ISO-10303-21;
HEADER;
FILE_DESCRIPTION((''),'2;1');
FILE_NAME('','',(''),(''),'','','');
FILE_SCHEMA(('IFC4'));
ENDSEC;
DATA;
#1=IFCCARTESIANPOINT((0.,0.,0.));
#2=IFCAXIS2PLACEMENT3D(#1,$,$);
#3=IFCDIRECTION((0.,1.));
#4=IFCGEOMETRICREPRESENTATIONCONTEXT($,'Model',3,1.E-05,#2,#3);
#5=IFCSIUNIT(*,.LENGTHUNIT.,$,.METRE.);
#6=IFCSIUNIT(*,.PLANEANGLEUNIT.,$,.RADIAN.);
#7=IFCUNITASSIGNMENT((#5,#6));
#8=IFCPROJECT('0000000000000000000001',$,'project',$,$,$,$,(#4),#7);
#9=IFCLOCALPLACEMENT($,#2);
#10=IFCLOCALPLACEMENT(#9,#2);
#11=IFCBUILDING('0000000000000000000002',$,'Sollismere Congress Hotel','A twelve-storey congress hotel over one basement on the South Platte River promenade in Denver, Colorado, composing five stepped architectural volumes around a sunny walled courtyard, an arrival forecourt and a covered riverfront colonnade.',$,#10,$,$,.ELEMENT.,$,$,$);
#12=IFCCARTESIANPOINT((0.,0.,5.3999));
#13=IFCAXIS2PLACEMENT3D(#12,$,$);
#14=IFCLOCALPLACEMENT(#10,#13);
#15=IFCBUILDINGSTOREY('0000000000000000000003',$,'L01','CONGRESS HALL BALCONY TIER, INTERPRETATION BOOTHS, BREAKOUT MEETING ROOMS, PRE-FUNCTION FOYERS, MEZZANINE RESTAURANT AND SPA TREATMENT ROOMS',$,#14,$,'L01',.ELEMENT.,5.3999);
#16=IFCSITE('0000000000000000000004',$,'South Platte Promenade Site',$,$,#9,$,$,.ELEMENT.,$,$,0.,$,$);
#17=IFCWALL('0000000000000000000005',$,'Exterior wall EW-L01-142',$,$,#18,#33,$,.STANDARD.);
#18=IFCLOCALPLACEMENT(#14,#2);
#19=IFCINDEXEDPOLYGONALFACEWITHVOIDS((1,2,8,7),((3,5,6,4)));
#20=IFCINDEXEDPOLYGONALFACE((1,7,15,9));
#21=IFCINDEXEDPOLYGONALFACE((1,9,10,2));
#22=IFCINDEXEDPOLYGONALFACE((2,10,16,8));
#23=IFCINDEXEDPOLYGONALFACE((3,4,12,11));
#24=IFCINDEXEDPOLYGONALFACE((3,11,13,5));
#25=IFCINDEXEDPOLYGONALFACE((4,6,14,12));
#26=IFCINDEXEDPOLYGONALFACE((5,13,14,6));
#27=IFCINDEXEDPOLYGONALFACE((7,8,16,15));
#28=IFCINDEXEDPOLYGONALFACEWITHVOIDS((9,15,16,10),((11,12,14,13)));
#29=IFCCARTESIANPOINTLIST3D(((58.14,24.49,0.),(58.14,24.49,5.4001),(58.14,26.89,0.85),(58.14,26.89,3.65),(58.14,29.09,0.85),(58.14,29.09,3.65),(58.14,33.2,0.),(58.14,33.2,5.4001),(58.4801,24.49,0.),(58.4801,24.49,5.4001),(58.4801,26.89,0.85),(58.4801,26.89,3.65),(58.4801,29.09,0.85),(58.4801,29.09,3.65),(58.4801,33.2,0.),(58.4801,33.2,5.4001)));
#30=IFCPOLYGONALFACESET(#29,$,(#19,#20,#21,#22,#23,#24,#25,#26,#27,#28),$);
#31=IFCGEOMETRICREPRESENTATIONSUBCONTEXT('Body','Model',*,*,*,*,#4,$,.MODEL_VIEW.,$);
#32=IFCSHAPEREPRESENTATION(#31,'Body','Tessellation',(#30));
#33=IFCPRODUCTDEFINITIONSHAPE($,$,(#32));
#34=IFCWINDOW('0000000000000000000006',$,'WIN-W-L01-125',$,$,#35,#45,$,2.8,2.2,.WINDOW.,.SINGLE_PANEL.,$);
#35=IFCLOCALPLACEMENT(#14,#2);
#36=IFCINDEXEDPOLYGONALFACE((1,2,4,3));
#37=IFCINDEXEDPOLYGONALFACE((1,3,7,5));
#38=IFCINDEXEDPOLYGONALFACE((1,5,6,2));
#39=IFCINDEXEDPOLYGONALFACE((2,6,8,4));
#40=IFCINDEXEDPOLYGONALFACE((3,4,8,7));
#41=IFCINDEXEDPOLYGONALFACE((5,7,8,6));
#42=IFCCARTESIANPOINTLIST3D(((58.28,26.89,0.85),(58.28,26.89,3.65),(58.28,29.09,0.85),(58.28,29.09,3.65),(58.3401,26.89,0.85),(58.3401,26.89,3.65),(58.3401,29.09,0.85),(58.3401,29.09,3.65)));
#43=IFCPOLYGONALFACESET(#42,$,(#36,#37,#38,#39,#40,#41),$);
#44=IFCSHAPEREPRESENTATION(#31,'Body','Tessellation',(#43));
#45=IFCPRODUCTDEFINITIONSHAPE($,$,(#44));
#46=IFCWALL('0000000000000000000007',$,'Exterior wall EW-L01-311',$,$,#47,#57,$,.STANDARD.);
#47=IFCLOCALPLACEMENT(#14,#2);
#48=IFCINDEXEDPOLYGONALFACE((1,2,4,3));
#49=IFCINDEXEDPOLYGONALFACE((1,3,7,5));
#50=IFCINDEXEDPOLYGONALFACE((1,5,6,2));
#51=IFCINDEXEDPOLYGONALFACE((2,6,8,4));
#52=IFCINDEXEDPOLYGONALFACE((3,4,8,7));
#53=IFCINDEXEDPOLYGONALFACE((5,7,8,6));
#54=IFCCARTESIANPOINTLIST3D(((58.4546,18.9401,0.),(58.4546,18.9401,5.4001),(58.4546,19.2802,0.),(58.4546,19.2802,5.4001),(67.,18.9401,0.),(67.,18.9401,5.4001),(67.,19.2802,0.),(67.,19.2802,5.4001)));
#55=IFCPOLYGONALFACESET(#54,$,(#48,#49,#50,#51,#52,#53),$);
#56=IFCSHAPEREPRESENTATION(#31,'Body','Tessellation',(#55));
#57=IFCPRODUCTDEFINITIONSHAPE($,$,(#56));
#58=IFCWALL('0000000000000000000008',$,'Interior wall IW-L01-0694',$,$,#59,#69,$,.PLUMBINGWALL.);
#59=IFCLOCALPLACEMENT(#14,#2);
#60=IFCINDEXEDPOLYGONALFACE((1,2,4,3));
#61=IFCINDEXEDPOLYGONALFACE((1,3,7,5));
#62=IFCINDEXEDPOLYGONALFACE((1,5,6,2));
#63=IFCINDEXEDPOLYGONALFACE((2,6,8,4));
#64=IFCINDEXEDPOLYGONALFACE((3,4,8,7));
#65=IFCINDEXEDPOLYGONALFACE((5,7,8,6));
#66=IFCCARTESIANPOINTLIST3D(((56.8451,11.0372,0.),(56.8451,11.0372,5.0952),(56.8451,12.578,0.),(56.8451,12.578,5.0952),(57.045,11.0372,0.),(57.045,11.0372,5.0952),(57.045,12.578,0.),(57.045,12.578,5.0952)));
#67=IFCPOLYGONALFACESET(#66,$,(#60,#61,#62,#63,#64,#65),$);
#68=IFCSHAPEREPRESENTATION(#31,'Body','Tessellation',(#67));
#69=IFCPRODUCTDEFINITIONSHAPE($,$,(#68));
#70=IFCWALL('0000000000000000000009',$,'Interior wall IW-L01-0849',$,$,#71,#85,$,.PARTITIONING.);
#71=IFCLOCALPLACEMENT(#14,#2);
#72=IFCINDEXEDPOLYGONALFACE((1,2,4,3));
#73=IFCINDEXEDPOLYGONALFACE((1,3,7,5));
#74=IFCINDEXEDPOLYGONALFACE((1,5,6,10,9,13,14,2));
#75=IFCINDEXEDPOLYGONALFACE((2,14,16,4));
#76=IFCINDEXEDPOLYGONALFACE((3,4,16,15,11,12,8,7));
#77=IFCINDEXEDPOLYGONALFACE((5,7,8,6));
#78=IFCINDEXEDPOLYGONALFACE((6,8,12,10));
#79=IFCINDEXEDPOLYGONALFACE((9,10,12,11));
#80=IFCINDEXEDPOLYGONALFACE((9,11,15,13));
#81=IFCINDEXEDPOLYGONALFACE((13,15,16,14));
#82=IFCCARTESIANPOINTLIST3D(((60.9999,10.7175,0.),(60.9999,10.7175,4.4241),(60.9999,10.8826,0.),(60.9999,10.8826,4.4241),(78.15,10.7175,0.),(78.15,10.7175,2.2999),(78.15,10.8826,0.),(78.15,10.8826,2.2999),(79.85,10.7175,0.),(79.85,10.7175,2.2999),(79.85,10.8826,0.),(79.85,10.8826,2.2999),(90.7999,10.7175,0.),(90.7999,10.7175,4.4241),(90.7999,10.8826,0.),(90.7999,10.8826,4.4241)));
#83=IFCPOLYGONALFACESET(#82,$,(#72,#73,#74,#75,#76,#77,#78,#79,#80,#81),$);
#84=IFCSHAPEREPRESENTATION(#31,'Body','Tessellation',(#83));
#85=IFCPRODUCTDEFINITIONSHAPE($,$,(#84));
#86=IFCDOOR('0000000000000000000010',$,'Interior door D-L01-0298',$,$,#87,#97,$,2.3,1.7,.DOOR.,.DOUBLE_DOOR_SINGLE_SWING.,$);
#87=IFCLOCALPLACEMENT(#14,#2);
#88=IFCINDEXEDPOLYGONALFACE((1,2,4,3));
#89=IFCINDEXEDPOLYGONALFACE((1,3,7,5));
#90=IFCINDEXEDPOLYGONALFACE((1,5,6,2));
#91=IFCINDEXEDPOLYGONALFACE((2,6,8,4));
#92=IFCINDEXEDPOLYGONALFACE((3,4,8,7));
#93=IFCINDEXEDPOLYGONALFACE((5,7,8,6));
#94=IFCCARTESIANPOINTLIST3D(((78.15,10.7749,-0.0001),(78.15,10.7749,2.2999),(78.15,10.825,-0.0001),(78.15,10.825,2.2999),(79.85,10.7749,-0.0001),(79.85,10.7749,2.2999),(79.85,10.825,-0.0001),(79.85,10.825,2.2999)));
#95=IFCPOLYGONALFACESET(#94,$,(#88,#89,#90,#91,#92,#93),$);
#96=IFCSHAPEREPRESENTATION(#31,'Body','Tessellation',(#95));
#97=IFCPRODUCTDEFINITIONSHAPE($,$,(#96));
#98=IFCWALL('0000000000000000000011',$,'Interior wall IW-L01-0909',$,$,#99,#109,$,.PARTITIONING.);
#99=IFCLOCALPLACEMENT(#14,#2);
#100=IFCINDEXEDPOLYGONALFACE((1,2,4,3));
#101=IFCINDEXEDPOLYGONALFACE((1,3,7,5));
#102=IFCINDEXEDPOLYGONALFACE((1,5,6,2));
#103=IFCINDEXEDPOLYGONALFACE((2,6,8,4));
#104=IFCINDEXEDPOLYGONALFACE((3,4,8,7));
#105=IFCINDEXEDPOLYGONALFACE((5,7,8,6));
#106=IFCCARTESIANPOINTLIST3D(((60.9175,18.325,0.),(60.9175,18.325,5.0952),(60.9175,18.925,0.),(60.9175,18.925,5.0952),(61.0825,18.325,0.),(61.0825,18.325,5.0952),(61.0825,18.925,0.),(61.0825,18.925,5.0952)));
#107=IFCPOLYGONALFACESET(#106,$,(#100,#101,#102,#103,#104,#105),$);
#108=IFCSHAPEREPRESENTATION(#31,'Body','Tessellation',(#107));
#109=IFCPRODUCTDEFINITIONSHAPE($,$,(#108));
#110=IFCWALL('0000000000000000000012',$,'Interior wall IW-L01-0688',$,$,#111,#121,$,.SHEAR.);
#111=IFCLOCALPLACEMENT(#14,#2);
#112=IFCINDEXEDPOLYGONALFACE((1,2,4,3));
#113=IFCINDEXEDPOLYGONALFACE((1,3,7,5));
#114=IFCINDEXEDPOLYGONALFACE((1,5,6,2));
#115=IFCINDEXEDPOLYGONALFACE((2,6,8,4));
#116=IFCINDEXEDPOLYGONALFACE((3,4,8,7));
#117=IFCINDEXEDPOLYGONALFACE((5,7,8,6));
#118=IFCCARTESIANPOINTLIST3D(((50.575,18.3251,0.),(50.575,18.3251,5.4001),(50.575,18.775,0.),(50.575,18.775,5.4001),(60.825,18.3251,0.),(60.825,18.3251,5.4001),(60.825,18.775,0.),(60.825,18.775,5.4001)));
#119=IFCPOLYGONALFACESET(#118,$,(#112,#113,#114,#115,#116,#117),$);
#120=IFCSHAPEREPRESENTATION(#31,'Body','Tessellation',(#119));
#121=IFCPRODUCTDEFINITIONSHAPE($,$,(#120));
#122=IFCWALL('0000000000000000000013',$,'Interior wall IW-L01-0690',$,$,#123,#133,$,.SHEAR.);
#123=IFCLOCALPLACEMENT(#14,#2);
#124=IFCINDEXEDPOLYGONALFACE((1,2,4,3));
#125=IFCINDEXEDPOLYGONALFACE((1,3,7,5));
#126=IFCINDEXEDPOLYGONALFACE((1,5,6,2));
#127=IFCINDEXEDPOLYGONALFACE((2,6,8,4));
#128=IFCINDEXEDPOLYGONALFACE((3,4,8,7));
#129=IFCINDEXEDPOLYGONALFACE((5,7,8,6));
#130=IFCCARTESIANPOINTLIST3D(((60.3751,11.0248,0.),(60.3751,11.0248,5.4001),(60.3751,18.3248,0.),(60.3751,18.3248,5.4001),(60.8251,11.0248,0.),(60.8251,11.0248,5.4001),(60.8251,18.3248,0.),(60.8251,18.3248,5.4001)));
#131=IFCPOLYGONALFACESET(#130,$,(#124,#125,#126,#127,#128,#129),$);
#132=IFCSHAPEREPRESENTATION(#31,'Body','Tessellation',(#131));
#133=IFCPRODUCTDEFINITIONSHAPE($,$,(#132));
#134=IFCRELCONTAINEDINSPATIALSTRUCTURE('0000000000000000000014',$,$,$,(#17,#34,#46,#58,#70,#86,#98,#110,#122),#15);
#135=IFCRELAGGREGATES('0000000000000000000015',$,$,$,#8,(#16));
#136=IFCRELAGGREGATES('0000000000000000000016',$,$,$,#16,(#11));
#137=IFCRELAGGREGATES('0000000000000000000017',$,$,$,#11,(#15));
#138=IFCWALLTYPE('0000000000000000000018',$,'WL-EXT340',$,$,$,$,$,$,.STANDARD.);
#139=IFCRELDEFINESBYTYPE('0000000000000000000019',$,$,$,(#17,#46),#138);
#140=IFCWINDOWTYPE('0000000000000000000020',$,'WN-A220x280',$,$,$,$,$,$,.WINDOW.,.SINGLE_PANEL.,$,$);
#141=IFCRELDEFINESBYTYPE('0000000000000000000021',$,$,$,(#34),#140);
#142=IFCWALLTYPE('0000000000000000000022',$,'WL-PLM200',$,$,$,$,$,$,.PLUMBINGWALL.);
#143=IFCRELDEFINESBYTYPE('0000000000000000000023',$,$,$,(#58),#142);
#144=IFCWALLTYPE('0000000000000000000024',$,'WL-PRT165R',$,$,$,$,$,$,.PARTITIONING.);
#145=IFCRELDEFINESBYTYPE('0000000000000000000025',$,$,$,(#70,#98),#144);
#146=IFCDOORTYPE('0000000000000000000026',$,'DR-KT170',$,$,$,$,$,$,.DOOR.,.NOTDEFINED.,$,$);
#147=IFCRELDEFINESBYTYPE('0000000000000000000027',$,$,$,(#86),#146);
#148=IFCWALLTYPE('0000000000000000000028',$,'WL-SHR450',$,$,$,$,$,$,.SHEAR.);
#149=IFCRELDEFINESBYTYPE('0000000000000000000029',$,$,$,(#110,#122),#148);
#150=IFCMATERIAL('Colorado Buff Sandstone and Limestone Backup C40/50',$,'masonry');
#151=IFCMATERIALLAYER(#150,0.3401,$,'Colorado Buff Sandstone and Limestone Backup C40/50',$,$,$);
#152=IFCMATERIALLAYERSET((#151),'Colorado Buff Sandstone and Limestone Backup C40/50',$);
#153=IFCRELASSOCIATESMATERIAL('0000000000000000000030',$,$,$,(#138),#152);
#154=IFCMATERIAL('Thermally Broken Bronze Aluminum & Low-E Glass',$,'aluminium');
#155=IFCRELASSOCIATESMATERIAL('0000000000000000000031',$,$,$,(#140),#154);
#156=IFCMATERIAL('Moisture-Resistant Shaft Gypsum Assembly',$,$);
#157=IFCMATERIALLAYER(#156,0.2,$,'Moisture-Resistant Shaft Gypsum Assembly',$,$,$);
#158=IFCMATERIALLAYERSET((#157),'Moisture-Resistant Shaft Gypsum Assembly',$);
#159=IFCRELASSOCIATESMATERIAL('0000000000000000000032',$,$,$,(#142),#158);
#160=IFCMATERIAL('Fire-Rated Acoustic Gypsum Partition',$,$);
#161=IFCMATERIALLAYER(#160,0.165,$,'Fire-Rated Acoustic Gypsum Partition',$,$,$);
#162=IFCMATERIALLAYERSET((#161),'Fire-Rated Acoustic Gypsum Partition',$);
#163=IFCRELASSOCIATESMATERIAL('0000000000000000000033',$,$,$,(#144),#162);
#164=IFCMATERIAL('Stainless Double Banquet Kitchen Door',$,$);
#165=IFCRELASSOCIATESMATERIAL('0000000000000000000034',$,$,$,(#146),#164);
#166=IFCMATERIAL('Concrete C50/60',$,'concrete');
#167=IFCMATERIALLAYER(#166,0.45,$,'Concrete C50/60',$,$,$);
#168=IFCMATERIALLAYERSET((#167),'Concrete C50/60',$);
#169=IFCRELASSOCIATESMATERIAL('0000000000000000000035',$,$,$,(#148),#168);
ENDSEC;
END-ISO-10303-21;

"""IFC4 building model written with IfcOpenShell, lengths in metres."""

from ifc_helpers import new_model, si_unit, direction, frame, frame_2d, origin, place, context, subcontext, project, spatial, rectangle, extrude, material, layer, layer_set, type_object, element, fill, save


model = new_model("IFC4")

# Units and contexts
model_context = context("Model", 3, precision=1e-05, world=origin(), true_north=direction((0.0, 1.0)))
body_context = subcontext(model_context, "Body", "Model", "MODEL_VIEW")
ifc_project = project(units=[si_unit("LENGTHUNIT", "METRE"), si_unit("PLANEANGLEUNIT", "RADIAN")], contexts=[model_context])

# Site, building, storey
site_placement = place(None, origin())
site = spatial("IfcSite", under=ifc_project, at=site_placement, Name="South Platte Promenade Site", CompositionType="ELEMENT", RefElevation=0.0)
building_placement = place(site_placement, origin())
building = spatial("IfcBuilding", under=site, at=building_placement, Name="Sollismere Congress Hotel", Description="A twelve-storey congress hotel over one basement on the South Platte River promenade in Denver, Colorado, composing five stepped architectural volumes around a sunny walled courtyard, an arrival forecourt and a covered riverfront colonnade.", CompositionType="ELEMENT")
storey_placement = place(building_placement, frame((0.0, 0.0, 5.3999)))
storey = spatial("IfcBuildingStorey", under=building, at=storey_placement, Name="L01", Description="CONGRESS HALL BALCONY TIER, INTERPRETATION BOOTHS, BREAKOUT MEETING ROOMS, PRE-FUNCTION FOYERS, MEZZANINE RESTAURANT AND SPA TREATMENT ROOMS", LongName="L01", CompositionType="ELEMENT", Elevation=5.3999)

# Wall, opening, window
ifc_material_1 = material(Name="Thermally Broken Bronze Aluminum & Low-E Glass", Category="aluminium")
ifc_material_2 = material(Name="Colorado Buff Sandstone and Limestone Backup C40/50", Category="masonry")
ifc_layer_1 = layer(ifc_material_2, 0.3401, Name="Colorado Buff Sandstone and Limestone Backup C40/50")
ifc_layer_set_1 = layer_set([ifc_layer_1], Name="Colorado Buff Sandstone and Limestone Backup C40/50")
wall_type_1 = type_object("IfcWallType", Name="WL-EXT340", PredefinedType="STANDARD", material=ifc_layer_set_1)
wall_1_placement = place(storey_placement, frame((58.3101, 24.49, 0.0), z_axis=(0.0, 0.0, 1.0), x_axis=(0.0, 1.0, 0.0)))
wall_1 = element("IfcWall", 1, at=wall_1_placement, inside=storey, type_object=wall_type_1, Name="Exterior wall EW-L01-142", PredefinedType="STANDARD", context=body_context, shape_type="SweptSolid", body=[
    extrude(rectangle(XDim=8.71, YDim=0.3401, at=frame_2d((4.355, 0.0))), origin(), (0.0, 0.0, 1.0), 5.4001),
])
opening_1_placement = place(wall_1_placement, frame((2.3999, 0.0, 0.8501)))
opening_1 = element("IfcOpeningElement", 2, at=opening_1_placement, cuts=wall_1, PredefinedType="OPENING", context=body_context, shape_type="SweptSolid", body=[
    extrude(rectangle(XDim=2.2, YDim=2.8, at=frame_2d((1.1001, 1.3999))), frame((0.0, 0.1799, 0.0), z_axis=(0.0, -1.0, 0.0), x_axis=(1.0, 0.0, 0.0)), (0.0, 0.0, 1.0), 0.3601),
])
window_type_1 = type_object("IfcWindowType", Name="WN-A220x280", PartitioningType="SINGLE_PANEL", PredefinedType="WINDOW", material=ifc_material_1)
window_1_placement = place(opening_1_placement, origin())
window_1 = element("IfcWindow", 3, at=window_1_placement, inside=storey, type_object=window_type_1, Name="WIN-W-L01-125", OverallHeight=2.8, OverallWidth=2.2, PartitioningType="SINGLE_PANEL", PredefinedType="WINDOW", context=body_context, shape_type="SweptSolid", body=[
    extrude(rectangle(XDim=2.2, YDim=2.8, at=frame_2d((1.1001, 1.3999))), frame((0.0, 0.03, 0.0), z_axis=(0.0, -1.0, 0.0), x_axis=(1.0, 0.0, 0.0)), (0.0, 0.0, 1.0), 0.0601),
])
fill(opening_1, window_1)

# Walls
wall_2_placement = place(storey_placement, frame((67.0, 19.1101, 0.0), z_axis=(0.0, 0.0, 1.0), x_axis=(-1.0, 0.0, 0.0)))
element("IfcWall", 4, at=wall_2_placement, inside=storey, type_object=wall_type_1, Name="Exterior wall EW-L01-311", PredefinedType="STANDARD", context=body_context, shape_type="SweptSolid", body=[
    extrude(rectangle(XDim=8.5454, YDim=0.3401, at=frame_2d((4.2727, 0.0))), origin(), (0.0, 0.0, 1.0), 5.4001),
])
ifc_material_3 = material(Name="Moisture-Resistant Shaft Gypsum Assembly")
ifc_layer_2 = layer(ifc_material_3, 0.2, Name="Moisture-Resistant Shaft Gypsum Assembly")
ifc_layer_set_2 = layer_set([ifc_layer_2], Name="Moisture-Resistant Shaft Gypsum Assembly")
wall_type_2 = type_object("IfcWallType", Name="WL-PLM200", PredefinedType="PLUMBINGWALL", material=ifc_layer_set_2)
wall_3_placement = place(storey_placement, frame((56.9451, 11.0371, 0.0), z_axis=(0.0, 0.0, 1.0), x_axis=(0.0, 1.0, 0.0)))
element("IfcWall", 5, at=wall_3_placement, inside=storey, type_object=wall_type_2, Name="Interior wall IW-L01-0694", PredefinedType="PLUMBINGWALL", context=body_context, shape_type="SweptSolid", body=[
    extrude(rectangle(XDim=1.5408, YDim=0.2, at=frame_2d((0.7705, 0.0))), origin(), (0.0, 0.0, 1.0), 5.0952),
])

# Wall, opening, door
ifc_material_4 = material(Name="Fire-Rated Acoustic Gypsum Partition")
ifc_layer_3 = layer(ifc_material_4, 0.165, Name="Fire-Rated Acoustic Gypsum Partition")
ifc_layer_set_3 = layer_set([ifc_layer_3], Name="Fire-Rated Acoustic Gypsum Partition")
wall_type_3 = type_object("IfcWallType", Name="WL-PRT165R", PredefinedType="PARTITIONING", material=ifc_layer_set_3)
wall_4_placement = place(storey_placement, frame((61.0, 10.8, 0.0), z_axis=(0.0, 0.0, 1.0), x_axis=(1.0, 0.0, 0.0)))
wall_4 = element("IfcWall", 6, at=wall_4_placement, inside=storey, type_object=wall_type_3, Name="Interior wall IW-L01-0849", PredefinedType="PARTITIONING", context=body_context, shape_type="SweptSolid", body=[
    extrude(rectangle(XDim=29.8, YDim=0.165, at=frame_2d((14.8999, 0.0))), origin(), (0.0, 0.0, 1.0), 4.4241),
])
opening_2_placement = place(wall_4_placement, frame((17.1499, 0.0, 0.0)))
opening_2 = element("IfcOpeningElement", 7, at=opening_2_placement, cuts=wall_4, PredefinedType="OPENING", context=body_context, shape_type="SweptSolid", body=[
    extrude(rectangle(XDim=1.7, YDim=2.3, at=frame_2d((0.8501, 1.1499))), frame((0.0, 0.0925, 0.0), z_axis=(0.0, -1.0, 0.0), x_axis=(1.0, 0.0, 0.0)), (0.0, 0.0, 1.0), 0.1851),
])
ifc_material_5 = material(Name="Stainless Double Banquet Kitchen Door")
door_type = type_object("IfcDoorType", Name="DR-KT170", OperationType="NOTDEFINED", PredefinedType="DOOR", material=ifc_material_5)
door_placement = place(opening_2_placement, origin())
door = element("IfcDoor", 8, at=door_placement, inside=storey, type_object=door_type, Name="Interior door D-L01-0298", OperationType="DOUBLE_DOOR_SINGLE_SWING", OverallHeight=2.3, OverallWidth=1.7, PredefinedType="DOOR", context=body_context, shape_type="SweptSolid", body=[
    extrude(rectangle(XDim=1.7, YDim=2.3, at=frame_2d((0.8501, 1.1499))), frame((0.0, 0.0249, 0.0), z_axis=(0.0, -1.0, 0.0), x_axis=(1.0, 0.0, 0.0)), (0.0, 0.0, 1.0), 0.05),
])
fill(opening_2, door)

# Walls
wall_5_placement = place(storey_placement, frame((61.0, 18.325, 0.0), z_axis=(0.0, 0.0, 1.0), x_axis=(0.0, 1.0, 0.0)))
element("IfcWall", 9, at=wall_5_placement, inside=storey, type_object=wall_type_3, Name="Interior wall IW-L01-0909", PredefinedType="PARTITIONING", context=body_context, shape_type="SweptSolid", body=[
    extrude(rectangle(XDim=0.6001, YDim=0.165, at=frame_2d((0.3, 0.0))), origin(), (0.0, 0.0, 1.0), 5.0952),
])
ifc_material_6 = material(Name="Concrete C50/60", Category="concrete")
ifc_layer_4 = layer(ifc_material_6, 0.45, Name="Concrete C50/60")
ifc_layer_set_4 = layer_set([ifc_layer_4], Name="Concrete C50/60")
wall_type_4 = type_object("IfcWallType", Name="WL-SHR450", PredefinedType="SHEAR", material=ifc_layer_set_4)
wall_6_placement = place(storey_placement, frame((60.825, 18.55, 0.0), z_axis=(0.0, 0.0, 1.0), x_axis=(-1.0, 0.0, 0.0)))
element("IfcWall", 10, at=wall_6_placement, inside=storey, type_object=wall_type_4, Name="Interior wall IW-L01-0688", PredefinedType="SHEAR", context=body_context, shape_type="SweptSolid", body=[
    extrude(rectangle(XDim=10.25, YDim=0.45, at=frame_2d((5.125, 0.0))), origin(), (0.0, 0.0, 1.0), 5.4001),
])
wall_7_placement = place(storey_placement, frame((60.6001, 11.0249, 0.0), z_axis=(0.0, 0.0, 1.0), x_axis=(0.0, 1.0, 0.0)))
element("IfcWall", 11, at=wall_7_placement, inside=storey, type_object=wall_type_4, Name="Interior wall IW-L01-0690", PredefinedType="SHEAR", context=body_context, shape_type="SweptSolid", body=[
    extrude(rectangle(XDim=7.3, YDim=0.45, at=frame_2d((3.6499, 0.0))), origin(), (0.0, 0.0, 1.0), 5.4001),
])

save(model, "model.ifc")
